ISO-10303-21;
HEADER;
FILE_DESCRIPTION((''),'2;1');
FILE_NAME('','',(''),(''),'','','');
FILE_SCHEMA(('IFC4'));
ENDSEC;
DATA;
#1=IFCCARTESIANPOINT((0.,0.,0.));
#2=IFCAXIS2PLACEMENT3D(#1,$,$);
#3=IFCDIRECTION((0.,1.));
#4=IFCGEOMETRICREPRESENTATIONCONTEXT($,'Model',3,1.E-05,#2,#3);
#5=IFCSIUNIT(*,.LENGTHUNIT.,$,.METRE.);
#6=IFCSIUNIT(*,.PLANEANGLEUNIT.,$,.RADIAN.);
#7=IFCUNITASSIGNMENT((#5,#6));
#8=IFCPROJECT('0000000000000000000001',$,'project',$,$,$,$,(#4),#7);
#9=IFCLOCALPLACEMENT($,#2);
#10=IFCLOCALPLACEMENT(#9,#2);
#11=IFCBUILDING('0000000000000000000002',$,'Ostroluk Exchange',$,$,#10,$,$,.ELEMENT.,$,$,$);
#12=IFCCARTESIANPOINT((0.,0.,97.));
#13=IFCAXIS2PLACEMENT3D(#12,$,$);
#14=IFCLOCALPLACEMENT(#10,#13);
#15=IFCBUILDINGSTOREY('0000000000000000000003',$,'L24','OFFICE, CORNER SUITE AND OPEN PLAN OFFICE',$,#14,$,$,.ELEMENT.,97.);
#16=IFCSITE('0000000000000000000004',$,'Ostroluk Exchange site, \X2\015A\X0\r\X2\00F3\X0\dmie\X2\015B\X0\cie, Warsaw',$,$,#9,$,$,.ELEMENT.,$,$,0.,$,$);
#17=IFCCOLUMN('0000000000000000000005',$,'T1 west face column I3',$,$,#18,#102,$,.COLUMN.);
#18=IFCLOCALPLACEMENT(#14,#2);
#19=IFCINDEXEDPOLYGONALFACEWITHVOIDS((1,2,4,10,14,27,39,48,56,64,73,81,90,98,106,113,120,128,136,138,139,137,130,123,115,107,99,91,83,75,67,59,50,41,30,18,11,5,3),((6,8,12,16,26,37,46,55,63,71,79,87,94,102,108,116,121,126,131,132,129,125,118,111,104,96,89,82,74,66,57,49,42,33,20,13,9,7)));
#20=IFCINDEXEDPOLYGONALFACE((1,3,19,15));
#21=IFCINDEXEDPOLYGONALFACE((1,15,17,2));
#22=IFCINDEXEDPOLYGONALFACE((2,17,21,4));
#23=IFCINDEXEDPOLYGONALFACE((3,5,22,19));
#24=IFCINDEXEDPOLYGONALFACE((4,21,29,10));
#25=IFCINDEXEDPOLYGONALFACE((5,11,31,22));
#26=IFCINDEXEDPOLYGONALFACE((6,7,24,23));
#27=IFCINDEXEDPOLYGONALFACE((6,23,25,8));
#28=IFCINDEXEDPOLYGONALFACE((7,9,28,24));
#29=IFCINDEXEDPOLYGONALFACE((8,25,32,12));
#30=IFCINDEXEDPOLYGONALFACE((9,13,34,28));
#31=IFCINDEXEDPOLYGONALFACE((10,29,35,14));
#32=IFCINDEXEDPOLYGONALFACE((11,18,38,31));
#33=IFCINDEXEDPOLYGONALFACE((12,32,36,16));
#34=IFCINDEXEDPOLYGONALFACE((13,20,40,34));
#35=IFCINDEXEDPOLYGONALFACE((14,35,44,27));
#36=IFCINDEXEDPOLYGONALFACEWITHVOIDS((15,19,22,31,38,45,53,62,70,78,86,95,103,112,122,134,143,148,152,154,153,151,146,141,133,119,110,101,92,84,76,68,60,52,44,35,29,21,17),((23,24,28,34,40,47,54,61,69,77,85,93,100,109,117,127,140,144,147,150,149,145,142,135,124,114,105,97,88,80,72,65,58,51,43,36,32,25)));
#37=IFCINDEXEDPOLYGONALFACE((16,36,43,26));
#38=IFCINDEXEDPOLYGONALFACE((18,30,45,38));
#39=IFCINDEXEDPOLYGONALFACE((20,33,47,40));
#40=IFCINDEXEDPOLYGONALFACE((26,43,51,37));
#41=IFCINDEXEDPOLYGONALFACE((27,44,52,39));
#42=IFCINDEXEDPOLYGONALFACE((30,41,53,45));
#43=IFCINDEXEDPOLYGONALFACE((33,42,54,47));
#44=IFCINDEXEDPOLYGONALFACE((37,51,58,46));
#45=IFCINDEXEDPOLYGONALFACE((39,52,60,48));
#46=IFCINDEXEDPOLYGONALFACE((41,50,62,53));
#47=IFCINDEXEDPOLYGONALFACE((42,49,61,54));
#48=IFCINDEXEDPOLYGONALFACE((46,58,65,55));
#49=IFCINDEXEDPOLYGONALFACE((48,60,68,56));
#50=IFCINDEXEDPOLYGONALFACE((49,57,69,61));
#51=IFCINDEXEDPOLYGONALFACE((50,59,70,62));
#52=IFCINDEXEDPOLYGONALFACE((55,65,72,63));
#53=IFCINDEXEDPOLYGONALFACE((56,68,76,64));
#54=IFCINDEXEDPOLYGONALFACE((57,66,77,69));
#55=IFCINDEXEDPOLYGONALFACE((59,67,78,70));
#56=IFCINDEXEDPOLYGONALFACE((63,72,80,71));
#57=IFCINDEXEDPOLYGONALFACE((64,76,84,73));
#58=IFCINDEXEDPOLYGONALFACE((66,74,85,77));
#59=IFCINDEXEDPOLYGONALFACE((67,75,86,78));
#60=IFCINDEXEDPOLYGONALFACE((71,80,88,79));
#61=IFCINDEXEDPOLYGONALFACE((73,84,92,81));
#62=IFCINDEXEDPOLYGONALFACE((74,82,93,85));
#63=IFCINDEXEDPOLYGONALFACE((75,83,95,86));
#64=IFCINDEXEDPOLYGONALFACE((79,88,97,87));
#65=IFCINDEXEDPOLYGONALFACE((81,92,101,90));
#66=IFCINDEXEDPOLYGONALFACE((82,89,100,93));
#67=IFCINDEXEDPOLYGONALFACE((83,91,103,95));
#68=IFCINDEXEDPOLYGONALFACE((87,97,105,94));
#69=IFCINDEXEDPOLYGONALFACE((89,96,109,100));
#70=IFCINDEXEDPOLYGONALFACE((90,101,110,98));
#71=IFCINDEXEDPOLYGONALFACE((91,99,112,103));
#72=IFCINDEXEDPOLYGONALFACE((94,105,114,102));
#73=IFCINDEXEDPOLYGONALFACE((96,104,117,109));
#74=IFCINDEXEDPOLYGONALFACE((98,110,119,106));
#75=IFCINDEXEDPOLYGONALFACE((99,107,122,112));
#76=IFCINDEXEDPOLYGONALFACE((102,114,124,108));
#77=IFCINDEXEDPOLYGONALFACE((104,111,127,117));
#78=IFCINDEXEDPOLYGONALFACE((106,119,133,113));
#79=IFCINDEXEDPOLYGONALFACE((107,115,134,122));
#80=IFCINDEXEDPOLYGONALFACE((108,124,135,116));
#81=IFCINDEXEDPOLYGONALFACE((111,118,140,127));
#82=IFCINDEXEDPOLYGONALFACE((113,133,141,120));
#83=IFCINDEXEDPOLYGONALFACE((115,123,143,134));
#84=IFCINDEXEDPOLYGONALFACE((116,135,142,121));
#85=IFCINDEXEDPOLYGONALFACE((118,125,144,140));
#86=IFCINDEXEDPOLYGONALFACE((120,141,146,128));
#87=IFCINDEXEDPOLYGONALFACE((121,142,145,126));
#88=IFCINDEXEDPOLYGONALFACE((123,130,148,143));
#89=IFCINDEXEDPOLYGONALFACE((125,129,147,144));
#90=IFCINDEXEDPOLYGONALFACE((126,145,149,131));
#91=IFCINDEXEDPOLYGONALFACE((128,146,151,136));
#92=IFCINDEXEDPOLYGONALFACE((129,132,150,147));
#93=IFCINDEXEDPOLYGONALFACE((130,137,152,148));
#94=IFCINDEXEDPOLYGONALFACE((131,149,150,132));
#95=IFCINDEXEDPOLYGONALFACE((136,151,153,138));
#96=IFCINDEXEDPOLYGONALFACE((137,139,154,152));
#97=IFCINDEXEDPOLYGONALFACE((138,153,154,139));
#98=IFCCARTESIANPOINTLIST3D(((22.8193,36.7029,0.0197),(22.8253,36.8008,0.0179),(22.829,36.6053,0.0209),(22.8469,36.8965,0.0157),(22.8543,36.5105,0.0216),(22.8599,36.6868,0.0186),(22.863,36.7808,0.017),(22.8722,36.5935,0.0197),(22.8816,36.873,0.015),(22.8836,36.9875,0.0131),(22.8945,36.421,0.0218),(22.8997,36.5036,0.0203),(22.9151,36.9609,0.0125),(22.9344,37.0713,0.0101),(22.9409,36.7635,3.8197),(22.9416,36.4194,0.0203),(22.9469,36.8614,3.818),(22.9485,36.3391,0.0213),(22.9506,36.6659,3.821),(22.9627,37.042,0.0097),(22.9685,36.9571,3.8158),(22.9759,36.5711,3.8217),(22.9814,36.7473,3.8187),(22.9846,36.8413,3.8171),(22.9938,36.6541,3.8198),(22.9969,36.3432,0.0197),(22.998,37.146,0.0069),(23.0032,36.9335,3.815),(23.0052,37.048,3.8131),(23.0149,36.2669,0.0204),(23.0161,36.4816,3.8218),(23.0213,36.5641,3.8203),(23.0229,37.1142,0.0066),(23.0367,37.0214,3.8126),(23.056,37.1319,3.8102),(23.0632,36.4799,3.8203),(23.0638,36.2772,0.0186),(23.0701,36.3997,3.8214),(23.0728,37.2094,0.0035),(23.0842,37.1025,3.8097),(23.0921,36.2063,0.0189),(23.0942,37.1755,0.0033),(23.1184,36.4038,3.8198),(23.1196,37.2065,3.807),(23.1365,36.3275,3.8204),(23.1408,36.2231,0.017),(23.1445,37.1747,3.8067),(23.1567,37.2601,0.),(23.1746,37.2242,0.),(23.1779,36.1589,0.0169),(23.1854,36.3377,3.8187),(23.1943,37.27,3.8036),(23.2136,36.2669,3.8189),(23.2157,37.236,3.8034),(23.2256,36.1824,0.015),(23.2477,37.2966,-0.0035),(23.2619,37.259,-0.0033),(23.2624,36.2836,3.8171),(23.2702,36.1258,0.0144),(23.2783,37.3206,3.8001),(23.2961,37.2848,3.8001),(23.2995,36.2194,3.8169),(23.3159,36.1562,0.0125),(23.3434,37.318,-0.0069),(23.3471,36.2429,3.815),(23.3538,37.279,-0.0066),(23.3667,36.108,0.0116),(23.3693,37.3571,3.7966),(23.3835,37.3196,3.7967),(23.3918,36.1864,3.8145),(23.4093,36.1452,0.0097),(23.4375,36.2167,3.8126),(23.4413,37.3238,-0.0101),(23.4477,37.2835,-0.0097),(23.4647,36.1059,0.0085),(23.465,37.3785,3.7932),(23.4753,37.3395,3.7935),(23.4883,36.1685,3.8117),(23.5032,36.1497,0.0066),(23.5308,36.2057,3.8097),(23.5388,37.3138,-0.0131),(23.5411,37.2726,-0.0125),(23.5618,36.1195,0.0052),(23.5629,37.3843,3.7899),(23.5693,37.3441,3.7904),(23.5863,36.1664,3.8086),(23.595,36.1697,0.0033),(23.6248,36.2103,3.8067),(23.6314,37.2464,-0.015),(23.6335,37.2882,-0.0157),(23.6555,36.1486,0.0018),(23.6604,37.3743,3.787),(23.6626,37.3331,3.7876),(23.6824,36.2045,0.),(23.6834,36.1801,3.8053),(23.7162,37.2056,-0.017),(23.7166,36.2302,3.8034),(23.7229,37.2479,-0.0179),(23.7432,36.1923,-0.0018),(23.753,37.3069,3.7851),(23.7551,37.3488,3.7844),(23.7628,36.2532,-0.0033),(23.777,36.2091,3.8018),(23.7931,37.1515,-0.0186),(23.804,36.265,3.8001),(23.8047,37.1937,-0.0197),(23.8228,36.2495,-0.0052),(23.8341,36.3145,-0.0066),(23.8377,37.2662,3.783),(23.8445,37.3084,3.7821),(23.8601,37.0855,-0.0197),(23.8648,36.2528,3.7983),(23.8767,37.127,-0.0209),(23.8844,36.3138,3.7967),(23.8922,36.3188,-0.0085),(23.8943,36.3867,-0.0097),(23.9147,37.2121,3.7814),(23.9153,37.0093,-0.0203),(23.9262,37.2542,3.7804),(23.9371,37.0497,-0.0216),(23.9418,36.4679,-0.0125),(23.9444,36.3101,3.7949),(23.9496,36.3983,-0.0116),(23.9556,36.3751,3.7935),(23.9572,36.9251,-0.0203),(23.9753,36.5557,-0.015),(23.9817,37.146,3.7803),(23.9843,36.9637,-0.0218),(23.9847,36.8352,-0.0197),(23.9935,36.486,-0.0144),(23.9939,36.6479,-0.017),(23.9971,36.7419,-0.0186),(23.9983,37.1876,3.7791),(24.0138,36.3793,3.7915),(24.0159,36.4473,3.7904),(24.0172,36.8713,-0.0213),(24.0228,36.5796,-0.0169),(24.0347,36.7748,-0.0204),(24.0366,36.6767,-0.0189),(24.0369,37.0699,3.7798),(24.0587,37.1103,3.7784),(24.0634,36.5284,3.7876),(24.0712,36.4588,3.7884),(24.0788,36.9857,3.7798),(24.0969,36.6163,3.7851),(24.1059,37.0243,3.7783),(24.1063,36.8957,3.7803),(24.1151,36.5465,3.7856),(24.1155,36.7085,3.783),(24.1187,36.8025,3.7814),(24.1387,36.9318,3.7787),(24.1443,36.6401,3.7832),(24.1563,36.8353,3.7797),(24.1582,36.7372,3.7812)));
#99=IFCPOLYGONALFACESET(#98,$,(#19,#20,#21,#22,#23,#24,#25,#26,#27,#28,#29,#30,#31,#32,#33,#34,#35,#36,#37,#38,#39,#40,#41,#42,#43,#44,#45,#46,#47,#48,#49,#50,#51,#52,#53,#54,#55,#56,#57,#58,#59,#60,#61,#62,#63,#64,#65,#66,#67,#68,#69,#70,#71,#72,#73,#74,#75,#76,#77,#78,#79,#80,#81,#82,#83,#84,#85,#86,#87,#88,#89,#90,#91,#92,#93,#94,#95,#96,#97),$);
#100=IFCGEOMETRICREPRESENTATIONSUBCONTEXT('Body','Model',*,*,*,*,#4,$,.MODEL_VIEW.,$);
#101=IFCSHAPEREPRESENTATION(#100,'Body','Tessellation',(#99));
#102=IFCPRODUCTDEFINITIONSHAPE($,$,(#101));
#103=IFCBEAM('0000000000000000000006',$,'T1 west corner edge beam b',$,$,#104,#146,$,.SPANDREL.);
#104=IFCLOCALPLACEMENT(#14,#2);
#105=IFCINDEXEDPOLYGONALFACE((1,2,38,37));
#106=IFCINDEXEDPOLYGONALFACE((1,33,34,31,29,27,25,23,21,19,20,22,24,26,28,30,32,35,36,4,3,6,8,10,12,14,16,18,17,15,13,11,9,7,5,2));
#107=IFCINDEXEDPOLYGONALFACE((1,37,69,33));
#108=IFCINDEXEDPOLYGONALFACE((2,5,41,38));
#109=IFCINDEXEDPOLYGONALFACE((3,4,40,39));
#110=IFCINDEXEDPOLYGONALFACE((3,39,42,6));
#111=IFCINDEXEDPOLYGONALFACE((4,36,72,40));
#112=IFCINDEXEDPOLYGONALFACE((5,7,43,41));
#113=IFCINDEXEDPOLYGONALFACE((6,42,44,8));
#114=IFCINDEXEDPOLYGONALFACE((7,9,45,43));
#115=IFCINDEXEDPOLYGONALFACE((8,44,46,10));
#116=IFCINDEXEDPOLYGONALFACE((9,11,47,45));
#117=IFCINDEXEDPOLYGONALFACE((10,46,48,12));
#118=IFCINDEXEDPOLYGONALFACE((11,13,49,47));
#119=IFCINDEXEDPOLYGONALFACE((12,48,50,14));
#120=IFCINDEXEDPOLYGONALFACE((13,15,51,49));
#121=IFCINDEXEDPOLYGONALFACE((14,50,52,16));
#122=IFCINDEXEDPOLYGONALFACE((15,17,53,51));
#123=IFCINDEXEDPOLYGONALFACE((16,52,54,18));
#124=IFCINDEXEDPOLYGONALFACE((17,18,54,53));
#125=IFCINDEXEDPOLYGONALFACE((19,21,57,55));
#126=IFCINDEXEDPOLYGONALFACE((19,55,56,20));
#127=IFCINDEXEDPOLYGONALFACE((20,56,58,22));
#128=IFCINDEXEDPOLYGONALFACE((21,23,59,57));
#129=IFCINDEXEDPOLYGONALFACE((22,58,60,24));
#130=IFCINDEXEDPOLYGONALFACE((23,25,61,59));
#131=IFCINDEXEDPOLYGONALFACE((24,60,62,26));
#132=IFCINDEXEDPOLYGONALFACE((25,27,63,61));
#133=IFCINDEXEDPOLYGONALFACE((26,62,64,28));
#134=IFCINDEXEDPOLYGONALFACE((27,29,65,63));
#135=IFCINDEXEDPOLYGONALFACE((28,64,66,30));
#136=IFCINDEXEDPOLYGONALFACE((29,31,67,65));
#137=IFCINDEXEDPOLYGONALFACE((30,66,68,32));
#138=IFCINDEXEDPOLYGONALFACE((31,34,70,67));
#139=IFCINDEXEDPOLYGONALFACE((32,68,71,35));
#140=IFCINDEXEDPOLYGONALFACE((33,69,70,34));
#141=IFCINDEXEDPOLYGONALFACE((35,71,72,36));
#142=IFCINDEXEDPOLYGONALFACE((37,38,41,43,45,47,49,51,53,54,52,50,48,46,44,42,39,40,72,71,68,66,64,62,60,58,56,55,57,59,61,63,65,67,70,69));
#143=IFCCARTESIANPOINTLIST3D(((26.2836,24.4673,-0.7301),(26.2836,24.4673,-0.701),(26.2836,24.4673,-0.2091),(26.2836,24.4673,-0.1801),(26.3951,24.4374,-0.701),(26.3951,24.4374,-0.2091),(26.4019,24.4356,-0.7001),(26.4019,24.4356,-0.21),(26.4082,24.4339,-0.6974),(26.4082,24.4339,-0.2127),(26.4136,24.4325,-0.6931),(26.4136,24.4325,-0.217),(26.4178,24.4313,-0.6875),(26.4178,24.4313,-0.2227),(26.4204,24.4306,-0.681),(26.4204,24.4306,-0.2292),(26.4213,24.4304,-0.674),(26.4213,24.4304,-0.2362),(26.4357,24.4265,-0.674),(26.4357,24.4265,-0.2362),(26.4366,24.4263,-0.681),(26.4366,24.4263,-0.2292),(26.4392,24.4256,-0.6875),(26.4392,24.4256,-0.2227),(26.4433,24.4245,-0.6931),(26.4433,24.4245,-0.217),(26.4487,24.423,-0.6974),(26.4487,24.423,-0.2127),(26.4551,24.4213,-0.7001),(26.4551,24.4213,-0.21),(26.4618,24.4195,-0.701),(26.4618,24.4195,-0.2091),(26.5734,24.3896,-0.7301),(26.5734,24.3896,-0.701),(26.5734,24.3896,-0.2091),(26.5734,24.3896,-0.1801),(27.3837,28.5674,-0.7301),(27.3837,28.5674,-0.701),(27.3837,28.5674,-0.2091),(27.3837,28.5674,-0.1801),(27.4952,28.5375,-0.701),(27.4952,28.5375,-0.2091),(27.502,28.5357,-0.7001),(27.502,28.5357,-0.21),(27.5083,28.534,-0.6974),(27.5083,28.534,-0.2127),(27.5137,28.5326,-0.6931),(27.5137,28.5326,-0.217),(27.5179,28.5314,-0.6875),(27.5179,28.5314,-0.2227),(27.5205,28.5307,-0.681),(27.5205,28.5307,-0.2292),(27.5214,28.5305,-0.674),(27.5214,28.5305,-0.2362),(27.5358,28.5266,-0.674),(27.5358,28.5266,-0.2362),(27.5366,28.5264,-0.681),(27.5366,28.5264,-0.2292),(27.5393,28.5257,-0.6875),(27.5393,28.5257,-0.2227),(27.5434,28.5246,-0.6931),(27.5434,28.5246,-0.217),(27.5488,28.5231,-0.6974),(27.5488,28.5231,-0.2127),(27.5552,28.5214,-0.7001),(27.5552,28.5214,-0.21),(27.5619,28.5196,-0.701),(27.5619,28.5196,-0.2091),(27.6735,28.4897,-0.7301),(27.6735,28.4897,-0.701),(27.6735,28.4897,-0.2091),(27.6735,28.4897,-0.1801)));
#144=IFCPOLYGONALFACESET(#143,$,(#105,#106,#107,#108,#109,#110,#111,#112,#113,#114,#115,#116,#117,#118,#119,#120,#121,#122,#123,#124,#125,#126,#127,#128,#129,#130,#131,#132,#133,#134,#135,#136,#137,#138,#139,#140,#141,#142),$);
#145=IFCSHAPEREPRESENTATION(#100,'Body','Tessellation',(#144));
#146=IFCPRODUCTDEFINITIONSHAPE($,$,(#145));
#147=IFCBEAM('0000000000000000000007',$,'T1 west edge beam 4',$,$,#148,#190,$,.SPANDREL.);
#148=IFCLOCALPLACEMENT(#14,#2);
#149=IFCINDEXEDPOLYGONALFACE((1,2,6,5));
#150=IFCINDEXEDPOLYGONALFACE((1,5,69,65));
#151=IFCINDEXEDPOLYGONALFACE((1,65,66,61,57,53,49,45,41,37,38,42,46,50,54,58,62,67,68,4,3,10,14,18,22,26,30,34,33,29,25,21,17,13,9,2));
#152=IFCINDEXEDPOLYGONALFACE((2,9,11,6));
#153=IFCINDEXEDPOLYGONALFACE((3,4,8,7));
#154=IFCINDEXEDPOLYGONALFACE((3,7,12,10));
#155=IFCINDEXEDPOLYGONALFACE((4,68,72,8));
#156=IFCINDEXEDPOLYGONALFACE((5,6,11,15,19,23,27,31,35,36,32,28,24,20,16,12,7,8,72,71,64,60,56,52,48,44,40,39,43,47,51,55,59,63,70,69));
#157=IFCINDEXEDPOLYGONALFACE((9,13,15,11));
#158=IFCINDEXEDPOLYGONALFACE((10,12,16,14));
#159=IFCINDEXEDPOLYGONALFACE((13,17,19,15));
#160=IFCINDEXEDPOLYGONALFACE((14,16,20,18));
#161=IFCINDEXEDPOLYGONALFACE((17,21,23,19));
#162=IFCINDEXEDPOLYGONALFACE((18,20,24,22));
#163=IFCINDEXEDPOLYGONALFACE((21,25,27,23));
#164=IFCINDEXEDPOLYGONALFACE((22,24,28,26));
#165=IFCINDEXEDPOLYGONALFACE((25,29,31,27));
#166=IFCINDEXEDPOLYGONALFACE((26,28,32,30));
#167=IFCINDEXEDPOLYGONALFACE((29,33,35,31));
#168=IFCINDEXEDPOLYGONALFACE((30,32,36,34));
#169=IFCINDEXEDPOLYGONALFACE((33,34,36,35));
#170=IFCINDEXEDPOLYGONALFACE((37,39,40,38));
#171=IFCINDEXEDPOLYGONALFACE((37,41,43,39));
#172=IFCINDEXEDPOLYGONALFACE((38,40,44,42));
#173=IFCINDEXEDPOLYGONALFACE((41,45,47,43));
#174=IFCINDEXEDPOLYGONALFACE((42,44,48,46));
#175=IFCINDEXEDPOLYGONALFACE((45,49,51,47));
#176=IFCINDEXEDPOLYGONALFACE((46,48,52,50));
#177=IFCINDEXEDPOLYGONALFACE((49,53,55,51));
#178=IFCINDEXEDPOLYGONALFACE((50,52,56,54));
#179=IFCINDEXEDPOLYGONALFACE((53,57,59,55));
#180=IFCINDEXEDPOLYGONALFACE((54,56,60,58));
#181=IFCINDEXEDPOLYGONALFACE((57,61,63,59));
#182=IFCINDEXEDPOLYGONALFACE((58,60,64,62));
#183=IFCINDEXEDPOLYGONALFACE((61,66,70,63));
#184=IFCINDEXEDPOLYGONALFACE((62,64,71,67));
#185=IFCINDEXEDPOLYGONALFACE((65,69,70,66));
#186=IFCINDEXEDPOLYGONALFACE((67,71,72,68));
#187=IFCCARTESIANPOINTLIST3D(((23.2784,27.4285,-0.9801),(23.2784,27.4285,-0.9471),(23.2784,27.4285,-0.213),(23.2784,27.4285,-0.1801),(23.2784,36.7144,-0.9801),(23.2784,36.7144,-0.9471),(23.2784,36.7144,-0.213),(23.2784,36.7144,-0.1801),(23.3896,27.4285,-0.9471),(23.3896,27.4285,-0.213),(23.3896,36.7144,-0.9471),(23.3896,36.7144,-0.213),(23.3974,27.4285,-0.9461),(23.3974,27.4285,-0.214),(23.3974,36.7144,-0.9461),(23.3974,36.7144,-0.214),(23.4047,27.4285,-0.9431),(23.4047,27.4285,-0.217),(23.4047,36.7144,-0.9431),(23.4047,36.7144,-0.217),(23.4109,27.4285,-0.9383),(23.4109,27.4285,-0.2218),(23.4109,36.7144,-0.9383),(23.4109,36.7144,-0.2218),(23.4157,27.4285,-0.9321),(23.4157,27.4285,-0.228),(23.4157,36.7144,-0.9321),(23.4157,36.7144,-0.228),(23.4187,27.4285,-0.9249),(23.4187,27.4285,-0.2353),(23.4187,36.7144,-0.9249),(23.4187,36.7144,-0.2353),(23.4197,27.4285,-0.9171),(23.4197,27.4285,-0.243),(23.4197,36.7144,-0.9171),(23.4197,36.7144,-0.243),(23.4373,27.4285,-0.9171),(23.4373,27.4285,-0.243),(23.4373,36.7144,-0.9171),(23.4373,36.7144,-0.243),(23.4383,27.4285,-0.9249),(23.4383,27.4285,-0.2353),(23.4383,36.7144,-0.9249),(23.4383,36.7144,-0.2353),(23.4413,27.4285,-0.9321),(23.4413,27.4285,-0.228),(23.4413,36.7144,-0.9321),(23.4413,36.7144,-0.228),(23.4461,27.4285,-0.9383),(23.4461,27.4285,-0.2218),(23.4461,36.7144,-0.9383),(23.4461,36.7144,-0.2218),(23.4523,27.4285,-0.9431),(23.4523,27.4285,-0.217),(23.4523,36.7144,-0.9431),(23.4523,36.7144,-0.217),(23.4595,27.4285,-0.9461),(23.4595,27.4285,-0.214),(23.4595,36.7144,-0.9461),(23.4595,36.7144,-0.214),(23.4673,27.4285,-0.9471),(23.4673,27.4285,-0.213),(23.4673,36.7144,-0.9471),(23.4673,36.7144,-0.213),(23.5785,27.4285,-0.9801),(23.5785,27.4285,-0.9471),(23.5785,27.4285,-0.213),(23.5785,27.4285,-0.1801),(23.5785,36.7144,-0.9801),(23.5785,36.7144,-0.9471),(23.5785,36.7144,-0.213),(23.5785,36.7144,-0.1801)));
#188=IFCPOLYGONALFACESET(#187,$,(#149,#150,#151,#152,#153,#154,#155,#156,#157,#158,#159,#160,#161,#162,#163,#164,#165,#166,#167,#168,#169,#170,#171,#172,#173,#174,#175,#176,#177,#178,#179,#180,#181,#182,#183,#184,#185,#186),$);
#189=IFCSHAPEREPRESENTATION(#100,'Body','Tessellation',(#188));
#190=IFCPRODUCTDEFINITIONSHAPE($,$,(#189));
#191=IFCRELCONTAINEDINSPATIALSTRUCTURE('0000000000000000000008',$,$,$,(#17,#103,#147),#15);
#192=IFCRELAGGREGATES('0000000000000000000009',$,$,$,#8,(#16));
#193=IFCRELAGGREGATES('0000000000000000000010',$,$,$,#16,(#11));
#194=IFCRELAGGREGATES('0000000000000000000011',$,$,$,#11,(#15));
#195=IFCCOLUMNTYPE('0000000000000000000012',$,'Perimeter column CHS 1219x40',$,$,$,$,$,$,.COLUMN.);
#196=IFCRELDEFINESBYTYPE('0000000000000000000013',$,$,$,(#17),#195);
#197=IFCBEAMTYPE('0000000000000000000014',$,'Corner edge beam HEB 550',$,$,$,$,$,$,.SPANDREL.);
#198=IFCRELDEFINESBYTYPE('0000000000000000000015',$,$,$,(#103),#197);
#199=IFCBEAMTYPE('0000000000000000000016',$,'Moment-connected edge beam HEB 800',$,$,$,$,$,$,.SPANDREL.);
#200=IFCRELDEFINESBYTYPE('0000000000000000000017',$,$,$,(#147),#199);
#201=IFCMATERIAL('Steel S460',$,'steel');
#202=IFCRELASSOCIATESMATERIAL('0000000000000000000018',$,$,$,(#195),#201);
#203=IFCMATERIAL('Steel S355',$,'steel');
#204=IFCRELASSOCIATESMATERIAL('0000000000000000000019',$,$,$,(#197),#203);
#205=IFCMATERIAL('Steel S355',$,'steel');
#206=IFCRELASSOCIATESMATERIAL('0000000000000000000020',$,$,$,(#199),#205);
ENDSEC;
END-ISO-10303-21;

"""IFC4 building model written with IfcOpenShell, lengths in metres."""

from ifc_helpers import new_model, si_unit, direction, frame, origin, origin_2d, place, context, subcontext, project, spatial, hollow_circle, i_section, extrude, material, material_profile, profile_set, type_object, element, save


model = new_model("IFC4")

# Units and contexts
model_context = context("Model", 3, precision=1e-05, world=origin(), true_north=direction((0.0, 1.0)))
body_context = subcontext(model_context, "Body", "Model", "MODEL_VIEW")
ifc_project = project(units=[si_unit("LENGTHUNIT", "METRE"), si_unit("PLANEANGLEUNIT", "RADIAN")], contexts=[model_context])

# Site, building, storey
site_placement = place(None, origin())
site = spatial("IfcSite", under=ifc_project, at=site_placement, Name="Ostroluk Exchange site, Śródmieście, Warsaw", CompositionType="ELEMENT", RefElevation=0.0)
building_placement = place(site_placement, origin())
building = spatial("IfcBuilding", under=site, at=building_placement, Name="Ostroluk Exchange", CompositionType="ELEMENT")
storey_placement = place(building_placement, frame((0.0, 0.0, 97.0)))
storey = spatial("IfcBuildingStorey", under=building, at=storey_placement, Name="L24", Description="OFFICE, CORNER SUITE AND OPEN PLAN OFFICE", CompositionType="ELEMENT", Elevation=97.0)

# Column
ifc_material_1 = material(Name="Steel S460", Category="steel")
ifc_material_profile_1 = material_profile(ifc_material_1, hollow_circle(Radius=0.6096, WallThickness=0.04, at=origin_2d()), Name="CHS 1219x40")
ifc_profile_set_1 = profile_set([ifc_material_profile_1], Name="Steel S460")
column_type = type_object("IfcColumnType", Name="Perimeter column CHS 1219x40", PredefinedType="COLUMN", material=ifc_profile_set_1)
column_placement = place(storey_placement, frame((23.4285, 36.7144, 0.0), z_axis=(0.031974, 0.015923, 0.999362), x_axis=(-0.445775, 0.895145, 0.0)))
element("IfcColumn", 1, at=column_placement, inside=storey, type_object=column_type, Name="T1 west face column I3", PredefinedType="COLUMN", context=body_context, shape_type="SweptSolid", body=[
    extrude(hollow_circle(Radius=0.6096, WallThickness=0.04, at=origin_2d()), origin(), (0.0, 0.0, 1.0), 3.8025),
])

# Beams
ifc_material_2 = material(Name="Steel S355", Category="steel")
ifc_material_profile_2 = material_profile(ifc_material_2, i_section(OverallWidth=0.3, OverallDepth=0.55, WebThickness=0.0149, FlangeThickness=0.0291, FilletRadius=0.0271, at=origin_2d()), Name="HEB 550")
ifc_profile_set_2 = profile_set([ifc_material_profile_2], Name="Steel S355")
beam_type_1 = type_object("IfcBeamType", Name="Corner edge beam HEB 550", PredefinedType="SPANDREL", material=ifc_profile_set_2)
beam_1_placement = place(storey_placement, frame((27.5286, 28.5286, -0.4551), z_axis=(-0.259144, -0.965839, 0.0), x_axis=(0.965839, -0.259144, 0.0)))
element("IfcBeam", 2, at=beam_1_placement, inside=storey, type_object=beam_type_1, Name="T1 west corner edge beam b", PredefinedType="SPANDREL", context=body_context, shape_type="SweptSolid", body=[
    extrude(i_section(OverallWidth=0.3, OverallDepth=0.55, WebThickness=0.0149, FlangeThickness=0.0291, FilletRadius=0.0271, at=origin_2d()), origin(), (0.0, 0.0, 1.0), 4.2451),
])
ifc_material_3 = material(Name="Steel S355", Category="steel")
ifc_material_profile_3 = material_profile(ifc_material_3, i_section(OverallWidth=0.3, OverallDepth=0.8, WebThickness=0.0176, FlangeThickness=0.033, FilletRadius=0.03, at=origin_2d()), Name="HEB 800")
ifc_profile_set_3 = profile_set([ifc_material_profile_3], Name="Steel S355")
beam_type_2 = type_object("IfcBeamType", Name="Moment-connected edge beam HEB 800", PredefinedType="SPANDREL", material=ifc_profile_set_3)
beam_2_placement = place(storey_placement, frame((23.4285, 36.7144, -0.5801), z_axis=(0.0, -1.0, 0.0), x_axis=(1.0, 0.0, 0.0)))
element("IfcBeam", 3, at=beam_2_placement, inside=storey, type_object=beam_type_2, Name="T1 west edge beam 4", PredefinedType="SPANDREL", context=body_context, shape_type="SweptSolid", body=[
    extrude(i_section(OverallWidth=0.3, OverallDepth=0.8, WebThickness=0.0176, FlangeThickness=0.033, FilletRadius=0.03, at=origin_2d()), origin(), (0.0, 0.0, 1.0), 9.2859),
])

save(model, "model.ifc")
